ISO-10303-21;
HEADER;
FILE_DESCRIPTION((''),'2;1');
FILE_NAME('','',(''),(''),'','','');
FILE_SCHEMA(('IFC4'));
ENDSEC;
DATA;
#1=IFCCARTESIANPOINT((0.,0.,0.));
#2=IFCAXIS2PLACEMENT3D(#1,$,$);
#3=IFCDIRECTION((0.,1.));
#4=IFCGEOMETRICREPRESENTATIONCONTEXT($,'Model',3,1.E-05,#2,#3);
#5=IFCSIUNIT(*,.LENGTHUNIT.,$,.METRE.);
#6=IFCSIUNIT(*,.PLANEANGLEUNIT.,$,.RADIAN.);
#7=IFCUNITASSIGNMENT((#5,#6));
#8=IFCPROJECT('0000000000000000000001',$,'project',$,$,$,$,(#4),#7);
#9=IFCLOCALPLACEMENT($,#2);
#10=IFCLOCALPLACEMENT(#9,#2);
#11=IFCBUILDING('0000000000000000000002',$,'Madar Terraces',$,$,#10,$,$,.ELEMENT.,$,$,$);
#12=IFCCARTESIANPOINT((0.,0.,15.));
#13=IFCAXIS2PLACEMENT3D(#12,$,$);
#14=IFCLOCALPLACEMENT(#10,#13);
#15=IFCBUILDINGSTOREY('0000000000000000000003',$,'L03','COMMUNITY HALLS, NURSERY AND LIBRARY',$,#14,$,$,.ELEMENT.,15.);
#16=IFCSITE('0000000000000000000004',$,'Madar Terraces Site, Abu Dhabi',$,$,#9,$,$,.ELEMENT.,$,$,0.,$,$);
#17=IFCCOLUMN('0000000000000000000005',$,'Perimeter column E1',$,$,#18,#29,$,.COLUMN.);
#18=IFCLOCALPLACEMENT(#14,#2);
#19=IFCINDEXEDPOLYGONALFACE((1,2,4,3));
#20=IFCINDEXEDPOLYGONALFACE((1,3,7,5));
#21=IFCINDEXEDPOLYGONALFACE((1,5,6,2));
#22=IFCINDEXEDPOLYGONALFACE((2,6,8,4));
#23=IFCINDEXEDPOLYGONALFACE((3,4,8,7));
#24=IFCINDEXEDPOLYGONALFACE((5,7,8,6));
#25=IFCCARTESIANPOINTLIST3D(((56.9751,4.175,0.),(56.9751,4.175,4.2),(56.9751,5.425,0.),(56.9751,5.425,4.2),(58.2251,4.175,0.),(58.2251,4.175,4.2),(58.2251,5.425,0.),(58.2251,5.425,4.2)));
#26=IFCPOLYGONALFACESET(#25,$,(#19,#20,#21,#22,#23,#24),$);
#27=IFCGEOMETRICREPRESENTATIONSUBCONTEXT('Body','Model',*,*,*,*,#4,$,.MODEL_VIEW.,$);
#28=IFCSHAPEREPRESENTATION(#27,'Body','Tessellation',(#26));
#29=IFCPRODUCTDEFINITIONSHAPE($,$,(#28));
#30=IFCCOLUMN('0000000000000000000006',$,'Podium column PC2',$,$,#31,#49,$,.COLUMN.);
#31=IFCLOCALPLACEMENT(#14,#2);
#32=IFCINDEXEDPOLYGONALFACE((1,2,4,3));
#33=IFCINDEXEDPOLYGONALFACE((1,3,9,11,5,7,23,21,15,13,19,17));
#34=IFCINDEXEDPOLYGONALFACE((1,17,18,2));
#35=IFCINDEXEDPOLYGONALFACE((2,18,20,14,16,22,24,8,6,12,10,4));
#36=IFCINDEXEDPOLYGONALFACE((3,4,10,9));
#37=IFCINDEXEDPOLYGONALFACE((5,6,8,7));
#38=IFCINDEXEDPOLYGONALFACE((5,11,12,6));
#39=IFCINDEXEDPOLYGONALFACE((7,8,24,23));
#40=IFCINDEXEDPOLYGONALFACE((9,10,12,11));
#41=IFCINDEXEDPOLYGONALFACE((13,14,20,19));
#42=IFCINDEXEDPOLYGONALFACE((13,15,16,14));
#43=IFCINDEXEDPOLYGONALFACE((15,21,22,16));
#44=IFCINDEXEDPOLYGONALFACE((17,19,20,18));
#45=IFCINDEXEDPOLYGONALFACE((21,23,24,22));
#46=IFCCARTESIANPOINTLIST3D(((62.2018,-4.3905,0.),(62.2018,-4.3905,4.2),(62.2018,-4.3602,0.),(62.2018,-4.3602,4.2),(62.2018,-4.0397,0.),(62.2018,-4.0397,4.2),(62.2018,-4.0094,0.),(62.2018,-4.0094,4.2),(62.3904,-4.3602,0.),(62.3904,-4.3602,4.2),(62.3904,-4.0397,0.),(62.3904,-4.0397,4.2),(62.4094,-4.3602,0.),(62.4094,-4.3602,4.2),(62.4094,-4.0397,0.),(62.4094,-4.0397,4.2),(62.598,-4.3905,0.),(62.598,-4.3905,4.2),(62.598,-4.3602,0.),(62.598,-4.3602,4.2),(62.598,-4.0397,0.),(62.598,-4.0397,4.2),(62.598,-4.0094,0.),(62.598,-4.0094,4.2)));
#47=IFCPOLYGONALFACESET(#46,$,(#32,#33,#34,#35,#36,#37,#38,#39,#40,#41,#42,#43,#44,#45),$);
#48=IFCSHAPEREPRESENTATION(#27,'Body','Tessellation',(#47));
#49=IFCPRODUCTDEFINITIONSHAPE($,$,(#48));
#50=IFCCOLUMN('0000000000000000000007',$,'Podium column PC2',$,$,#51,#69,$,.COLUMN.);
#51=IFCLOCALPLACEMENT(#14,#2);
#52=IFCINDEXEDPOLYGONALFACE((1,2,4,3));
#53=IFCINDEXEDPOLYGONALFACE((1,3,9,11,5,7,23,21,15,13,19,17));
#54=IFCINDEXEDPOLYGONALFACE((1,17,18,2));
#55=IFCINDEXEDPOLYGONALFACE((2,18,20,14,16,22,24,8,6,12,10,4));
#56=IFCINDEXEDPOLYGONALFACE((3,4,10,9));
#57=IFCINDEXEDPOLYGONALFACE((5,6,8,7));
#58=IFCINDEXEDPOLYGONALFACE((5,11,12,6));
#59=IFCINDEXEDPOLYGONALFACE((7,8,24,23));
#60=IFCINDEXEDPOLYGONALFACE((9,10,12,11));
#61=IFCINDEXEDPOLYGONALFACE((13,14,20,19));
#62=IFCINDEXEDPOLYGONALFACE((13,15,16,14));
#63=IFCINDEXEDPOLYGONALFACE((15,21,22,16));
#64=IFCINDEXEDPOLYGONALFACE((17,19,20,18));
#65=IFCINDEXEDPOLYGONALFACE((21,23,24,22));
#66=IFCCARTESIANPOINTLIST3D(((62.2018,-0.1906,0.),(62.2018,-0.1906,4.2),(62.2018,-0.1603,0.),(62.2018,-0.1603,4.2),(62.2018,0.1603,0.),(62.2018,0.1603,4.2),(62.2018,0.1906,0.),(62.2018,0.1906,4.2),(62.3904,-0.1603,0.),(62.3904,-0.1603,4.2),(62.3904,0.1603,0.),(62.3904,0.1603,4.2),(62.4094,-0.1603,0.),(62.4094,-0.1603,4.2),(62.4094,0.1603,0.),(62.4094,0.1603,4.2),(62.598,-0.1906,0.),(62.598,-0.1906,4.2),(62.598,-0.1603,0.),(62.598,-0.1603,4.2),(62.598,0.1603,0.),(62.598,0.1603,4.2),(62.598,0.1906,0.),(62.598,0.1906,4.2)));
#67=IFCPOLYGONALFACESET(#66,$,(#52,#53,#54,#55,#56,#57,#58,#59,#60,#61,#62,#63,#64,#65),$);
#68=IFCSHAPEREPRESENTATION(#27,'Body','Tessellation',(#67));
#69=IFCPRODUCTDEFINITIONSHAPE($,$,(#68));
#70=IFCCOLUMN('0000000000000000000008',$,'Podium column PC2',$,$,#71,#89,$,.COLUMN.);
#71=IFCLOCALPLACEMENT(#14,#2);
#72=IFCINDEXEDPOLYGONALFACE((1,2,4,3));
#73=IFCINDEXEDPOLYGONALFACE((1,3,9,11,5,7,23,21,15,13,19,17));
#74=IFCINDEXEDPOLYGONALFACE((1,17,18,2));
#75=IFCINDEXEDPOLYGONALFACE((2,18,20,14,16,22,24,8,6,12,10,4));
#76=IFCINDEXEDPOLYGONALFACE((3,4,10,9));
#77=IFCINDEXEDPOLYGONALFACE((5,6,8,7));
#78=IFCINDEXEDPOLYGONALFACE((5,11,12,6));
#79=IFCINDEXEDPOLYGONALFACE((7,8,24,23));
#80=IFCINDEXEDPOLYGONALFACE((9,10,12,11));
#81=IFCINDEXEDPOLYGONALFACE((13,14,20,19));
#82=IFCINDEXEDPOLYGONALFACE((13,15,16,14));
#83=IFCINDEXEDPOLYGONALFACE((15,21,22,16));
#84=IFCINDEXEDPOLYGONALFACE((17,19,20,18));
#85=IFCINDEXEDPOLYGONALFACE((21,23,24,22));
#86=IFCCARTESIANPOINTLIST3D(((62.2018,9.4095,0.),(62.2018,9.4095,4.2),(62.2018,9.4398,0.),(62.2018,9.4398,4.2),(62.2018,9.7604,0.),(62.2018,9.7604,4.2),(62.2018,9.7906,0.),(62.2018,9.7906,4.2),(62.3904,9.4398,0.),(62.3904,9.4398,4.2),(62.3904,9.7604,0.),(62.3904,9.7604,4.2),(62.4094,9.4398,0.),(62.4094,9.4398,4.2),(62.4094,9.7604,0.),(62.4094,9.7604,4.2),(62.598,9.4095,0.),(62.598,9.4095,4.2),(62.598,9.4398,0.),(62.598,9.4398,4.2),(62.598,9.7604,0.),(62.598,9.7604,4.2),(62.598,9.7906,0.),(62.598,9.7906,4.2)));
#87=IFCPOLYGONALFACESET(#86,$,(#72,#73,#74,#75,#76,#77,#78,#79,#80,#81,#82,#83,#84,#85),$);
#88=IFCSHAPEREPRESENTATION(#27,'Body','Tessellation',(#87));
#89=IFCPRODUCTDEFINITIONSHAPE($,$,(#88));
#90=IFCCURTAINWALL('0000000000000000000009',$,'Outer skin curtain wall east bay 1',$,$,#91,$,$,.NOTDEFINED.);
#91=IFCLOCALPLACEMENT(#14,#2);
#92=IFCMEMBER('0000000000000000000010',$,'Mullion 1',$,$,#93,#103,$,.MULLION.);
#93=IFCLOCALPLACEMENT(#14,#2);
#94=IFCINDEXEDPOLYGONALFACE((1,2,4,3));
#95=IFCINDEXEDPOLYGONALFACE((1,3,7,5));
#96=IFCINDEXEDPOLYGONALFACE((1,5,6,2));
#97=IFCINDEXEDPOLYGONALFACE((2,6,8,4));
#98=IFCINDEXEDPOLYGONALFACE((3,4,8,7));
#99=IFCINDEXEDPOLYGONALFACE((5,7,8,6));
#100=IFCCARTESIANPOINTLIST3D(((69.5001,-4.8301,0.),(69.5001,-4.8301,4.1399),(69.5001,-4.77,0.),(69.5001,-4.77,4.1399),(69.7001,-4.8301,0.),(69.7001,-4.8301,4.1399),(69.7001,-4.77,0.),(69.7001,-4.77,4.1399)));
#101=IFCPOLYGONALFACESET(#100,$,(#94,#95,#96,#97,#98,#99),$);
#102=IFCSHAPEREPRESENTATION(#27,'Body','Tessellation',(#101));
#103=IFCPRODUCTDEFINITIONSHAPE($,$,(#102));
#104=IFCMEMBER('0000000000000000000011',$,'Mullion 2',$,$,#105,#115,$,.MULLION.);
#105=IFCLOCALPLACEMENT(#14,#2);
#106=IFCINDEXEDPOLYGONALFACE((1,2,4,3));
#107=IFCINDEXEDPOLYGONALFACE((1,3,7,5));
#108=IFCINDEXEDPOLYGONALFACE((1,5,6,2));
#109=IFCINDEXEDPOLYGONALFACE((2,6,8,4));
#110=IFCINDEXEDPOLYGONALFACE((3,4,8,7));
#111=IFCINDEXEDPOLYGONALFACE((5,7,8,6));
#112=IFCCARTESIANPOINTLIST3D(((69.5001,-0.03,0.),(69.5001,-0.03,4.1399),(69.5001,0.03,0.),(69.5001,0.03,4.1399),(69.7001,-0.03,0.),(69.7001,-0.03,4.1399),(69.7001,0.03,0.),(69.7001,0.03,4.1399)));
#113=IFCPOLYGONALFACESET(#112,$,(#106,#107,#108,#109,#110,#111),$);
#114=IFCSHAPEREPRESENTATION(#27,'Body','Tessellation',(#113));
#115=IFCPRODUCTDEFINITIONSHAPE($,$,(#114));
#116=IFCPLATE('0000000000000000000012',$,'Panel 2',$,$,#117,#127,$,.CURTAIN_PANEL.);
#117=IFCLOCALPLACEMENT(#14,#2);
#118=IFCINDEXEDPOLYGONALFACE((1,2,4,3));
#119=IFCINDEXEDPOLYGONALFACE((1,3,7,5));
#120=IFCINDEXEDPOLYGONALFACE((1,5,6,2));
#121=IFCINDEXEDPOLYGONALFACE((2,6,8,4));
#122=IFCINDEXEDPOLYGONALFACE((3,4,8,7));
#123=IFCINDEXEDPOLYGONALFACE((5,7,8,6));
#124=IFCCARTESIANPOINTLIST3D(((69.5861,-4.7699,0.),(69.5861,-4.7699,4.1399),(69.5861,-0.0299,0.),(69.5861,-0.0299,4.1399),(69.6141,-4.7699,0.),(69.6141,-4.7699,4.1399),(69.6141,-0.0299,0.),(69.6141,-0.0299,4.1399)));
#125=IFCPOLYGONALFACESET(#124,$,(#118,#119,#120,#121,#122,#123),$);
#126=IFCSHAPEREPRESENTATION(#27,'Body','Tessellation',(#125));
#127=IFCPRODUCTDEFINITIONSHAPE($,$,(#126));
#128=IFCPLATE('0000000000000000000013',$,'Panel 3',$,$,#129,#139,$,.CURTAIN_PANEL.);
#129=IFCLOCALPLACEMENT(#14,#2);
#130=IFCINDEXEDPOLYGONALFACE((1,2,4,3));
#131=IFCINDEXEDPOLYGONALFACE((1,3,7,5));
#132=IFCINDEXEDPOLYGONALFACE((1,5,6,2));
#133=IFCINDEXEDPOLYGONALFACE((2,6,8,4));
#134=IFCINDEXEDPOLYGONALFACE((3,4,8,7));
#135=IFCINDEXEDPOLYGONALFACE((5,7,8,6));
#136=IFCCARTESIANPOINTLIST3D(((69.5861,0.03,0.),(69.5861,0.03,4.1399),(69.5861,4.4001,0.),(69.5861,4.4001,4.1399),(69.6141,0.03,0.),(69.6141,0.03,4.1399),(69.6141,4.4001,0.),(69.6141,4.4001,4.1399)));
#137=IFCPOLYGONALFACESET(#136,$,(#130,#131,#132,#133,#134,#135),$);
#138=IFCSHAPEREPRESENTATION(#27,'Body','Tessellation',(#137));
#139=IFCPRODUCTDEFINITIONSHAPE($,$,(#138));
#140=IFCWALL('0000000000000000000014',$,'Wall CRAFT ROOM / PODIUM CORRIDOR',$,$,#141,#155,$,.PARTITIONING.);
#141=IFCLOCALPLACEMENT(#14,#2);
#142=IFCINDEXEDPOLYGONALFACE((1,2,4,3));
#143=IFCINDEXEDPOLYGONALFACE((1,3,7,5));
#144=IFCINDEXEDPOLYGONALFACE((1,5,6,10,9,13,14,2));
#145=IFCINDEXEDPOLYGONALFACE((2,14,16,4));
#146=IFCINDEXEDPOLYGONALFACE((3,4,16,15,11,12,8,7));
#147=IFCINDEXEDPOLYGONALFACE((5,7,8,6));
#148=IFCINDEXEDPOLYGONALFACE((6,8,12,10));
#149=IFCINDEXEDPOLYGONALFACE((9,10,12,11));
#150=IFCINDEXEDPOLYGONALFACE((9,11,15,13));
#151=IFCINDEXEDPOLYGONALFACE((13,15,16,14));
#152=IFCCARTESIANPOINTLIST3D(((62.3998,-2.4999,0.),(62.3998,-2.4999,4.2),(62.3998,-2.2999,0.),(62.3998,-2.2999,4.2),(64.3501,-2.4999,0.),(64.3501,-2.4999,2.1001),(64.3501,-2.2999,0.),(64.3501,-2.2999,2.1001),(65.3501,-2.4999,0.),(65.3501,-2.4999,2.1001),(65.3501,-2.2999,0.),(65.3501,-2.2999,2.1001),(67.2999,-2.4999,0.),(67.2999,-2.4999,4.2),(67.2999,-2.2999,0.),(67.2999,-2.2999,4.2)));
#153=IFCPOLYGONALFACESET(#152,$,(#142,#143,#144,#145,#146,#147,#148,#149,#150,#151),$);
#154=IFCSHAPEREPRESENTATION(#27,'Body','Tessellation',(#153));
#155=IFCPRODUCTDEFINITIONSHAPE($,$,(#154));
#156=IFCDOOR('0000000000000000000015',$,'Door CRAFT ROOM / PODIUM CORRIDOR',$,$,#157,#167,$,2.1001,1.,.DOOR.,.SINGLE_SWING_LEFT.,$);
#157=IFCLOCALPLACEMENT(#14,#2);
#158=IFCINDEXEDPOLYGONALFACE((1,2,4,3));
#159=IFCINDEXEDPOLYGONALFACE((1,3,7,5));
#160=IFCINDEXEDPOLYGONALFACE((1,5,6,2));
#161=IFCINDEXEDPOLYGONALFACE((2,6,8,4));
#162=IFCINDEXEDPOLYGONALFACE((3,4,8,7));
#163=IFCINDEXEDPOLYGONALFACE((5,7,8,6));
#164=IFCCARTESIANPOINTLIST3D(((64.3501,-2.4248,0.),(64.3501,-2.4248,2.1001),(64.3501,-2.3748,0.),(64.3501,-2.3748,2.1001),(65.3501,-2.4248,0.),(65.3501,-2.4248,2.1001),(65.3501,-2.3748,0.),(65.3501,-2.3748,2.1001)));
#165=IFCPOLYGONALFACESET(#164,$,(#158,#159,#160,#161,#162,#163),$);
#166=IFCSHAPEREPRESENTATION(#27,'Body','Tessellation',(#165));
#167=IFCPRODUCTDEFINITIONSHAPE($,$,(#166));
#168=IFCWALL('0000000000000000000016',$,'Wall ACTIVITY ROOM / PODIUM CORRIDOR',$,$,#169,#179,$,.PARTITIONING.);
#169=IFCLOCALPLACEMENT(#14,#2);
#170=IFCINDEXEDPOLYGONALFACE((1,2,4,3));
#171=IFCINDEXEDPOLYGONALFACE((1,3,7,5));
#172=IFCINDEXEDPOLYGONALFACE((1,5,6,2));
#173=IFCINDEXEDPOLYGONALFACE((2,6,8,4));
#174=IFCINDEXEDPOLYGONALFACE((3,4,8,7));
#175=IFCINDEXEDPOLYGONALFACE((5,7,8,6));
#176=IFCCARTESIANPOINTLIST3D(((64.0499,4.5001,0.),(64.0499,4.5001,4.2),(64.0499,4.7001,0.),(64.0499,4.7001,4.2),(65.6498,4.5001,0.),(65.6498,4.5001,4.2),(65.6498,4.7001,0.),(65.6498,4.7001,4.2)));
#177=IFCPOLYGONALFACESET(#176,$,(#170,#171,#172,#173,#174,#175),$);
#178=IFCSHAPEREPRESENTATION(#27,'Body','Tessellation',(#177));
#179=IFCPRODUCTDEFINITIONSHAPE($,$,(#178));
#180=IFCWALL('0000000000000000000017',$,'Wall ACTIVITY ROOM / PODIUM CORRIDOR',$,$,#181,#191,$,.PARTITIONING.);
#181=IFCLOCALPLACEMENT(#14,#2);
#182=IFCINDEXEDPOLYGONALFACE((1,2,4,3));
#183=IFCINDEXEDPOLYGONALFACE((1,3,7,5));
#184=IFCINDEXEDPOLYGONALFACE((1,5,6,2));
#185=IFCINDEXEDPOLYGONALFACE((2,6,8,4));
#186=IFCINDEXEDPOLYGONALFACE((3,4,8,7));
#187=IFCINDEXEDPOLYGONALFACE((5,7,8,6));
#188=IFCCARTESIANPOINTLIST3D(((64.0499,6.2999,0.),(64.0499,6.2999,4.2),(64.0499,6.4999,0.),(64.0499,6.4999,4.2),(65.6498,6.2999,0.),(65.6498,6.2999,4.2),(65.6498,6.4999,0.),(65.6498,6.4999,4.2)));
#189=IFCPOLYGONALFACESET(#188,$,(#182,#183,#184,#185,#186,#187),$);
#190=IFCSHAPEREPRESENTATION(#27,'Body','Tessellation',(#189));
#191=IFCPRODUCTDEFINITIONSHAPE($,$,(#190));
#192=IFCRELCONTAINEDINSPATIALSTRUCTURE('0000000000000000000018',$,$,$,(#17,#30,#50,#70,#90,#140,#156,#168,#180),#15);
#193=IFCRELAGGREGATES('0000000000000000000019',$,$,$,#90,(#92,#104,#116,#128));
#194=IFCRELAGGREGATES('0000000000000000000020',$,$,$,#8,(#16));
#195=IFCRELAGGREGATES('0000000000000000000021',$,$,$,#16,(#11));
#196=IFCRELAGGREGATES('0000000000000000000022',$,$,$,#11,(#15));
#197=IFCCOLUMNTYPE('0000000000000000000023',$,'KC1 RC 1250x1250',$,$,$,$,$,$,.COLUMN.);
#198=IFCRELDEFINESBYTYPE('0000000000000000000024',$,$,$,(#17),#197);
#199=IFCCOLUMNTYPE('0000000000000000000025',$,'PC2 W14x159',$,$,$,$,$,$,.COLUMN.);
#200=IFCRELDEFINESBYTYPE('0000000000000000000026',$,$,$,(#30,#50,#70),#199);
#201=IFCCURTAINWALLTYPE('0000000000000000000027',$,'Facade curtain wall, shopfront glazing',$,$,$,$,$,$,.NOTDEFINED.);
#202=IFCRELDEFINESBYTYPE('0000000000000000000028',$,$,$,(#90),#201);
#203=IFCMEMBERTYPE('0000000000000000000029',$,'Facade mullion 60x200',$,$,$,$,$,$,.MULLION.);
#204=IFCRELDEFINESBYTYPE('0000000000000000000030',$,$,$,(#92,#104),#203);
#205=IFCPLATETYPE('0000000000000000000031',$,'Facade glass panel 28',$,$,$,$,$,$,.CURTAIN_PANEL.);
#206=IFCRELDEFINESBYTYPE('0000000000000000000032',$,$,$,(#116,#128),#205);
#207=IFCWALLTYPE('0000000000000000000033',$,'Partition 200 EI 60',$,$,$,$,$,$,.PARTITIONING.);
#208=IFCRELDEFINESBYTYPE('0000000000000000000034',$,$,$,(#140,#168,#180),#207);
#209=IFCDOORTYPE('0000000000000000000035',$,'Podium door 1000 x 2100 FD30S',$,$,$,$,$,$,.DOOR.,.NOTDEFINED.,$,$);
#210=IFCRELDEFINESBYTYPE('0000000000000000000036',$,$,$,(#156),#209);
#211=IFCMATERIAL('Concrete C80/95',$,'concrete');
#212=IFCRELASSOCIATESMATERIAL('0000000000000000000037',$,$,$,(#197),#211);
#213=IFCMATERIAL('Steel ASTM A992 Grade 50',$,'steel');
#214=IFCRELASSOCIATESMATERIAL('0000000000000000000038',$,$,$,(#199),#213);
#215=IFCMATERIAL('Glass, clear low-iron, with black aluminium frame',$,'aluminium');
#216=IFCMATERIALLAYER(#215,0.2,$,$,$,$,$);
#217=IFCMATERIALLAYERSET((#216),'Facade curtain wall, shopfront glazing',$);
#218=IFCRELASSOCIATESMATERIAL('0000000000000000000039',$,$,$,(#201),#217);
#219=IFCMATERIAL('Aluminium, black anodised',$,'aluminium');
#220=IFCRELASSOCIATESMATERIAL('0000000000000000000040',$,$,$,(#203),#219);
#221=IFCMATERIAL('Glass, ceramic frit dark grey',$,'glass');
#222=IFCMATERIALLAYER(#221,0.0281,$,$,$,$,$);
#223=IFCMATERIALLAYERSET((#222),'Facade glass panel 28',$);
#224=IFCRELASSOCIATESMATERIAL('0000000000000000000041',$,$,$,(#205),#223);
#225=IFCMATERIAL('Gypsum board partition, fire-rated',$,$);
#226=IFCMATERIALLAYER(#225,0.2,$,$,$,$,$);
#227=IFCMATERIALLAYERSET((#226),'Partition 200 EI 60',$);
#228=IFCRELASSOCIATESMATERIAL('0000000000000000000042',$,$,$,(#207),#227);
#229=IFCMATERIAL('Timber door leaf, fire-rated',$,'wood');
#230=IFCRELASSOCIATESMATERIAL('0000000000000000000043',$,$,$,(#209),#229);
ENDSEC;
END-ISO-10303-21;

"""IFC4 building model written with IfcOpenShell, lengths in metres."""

from ifc_helpers import new_model, si_unit, direction, frame, frame_2d, origin, origin_2d, place, context, subcontext, project, spatial, rectangle, i_section, extrude, material, layer, layer_set, material_profile, profile_set, type_object, element, fill, aggregate, save


model = new_model("IFC4")

# Units and contexts
model_context = context("Model", 3, precision=1e-05, world=origin(), true_north=direction((0.0, 1.0)))
body_context = subcontext(model_context, "Body", "Model", "MODEL_VIEW")
ifc_project = project(units=[si_unit("LENGTHUNIT", "METRE"), si_unit("PLANEANGLEUNIT", "RADIAN")], contexts=[model_context])

# Site, building, storey
site_placement = place(None, origin())
site = spatial("IfcSite", under=ifc_project, at=site_placement, Name="Madar Terraces Site, Abu Dhabi", CompositionType="ELEMENT", RefElevation=0.0)
building_placement = place(site_placement, origin())
building = spatial("IfcBuilding", under=site, at=building_placement, Name="Madar Terraces", CompositionType="ELEMENT")
storey_placement = place(building_placement, frame((0.0, 0.0, 15.0)))
storey = spatial("IfcBuildingStorey", under=building, at=storey_placement, Name="L03", Description="COMMUNITY HALLS, NURSERY AND LIBRARY", CompositionType="ELEMENT", Elevation=15.0)

# Columns
ifc_material_1 = material(Name="Concrete C80/95", Category="concrete")
ifc_material_profile_1 = material_profile(ifc_material_1, rectangle(XDim=1.25, YDim=1.25, at=origin_2d()), Name="KC1 RC 1250x1250")
ifc_profile_set_1 = profile_set([ifc_material_profile_1], Name="Concrete C80/95")
column_type_1 = type_object("IfcColumnType", Name="KC1 RC 1250x1250", PredefinedType="COLUMN", material=ifc_profile_set_1)
column_placement = place(storey_placement, frame((57.6001, 4.8, 0.0), z_axis=(0.0, 0.0, 1.0), x_axis=(1.0, 0.0, 0.0)))
element("IfcColumn", 1, at=column_placement, inside=storey, type_object=column_type_1, Name="Perimeter column E1", PredefinedType="COLUMN", context=body_context, shape_type="SweptSolid", body=[
    extrude(rectangle(XDim=1.25, YDim=1.25, at=origin_2d()), origin(), (0.0, 0.0, 1.0), 4.2),
])
ifc_material_2 = material(Name="Steel ASTM A992 Grade 50", Category="steel")
ifc_material_profile_2 = material_profile(ifc_material_2, i_section(OverallWidth=0.3962, OverallDepth=0.3811, WebThickness=0.019, FlangeThickness=0.0303, at=origin_2d()), Name="W14x159")
ifc_profile_set_2 = profile_set([ifc_material_profile_2], Name="Steel ASTM A992 Grade 50")
column_type_2 = type_object("IfcColumnType", Name="PC2 W14x159", PredefinedType="COLUMN", material=ifc_profile_set_2)
for number, where, z_axis, x_axis, name in (
    (2, (62.3999, -4.2, 0.0), (0.0, 0.0, 1.0), (1.0, 0.0, 0.0), "Podium column PC2"),
    (3, (62.3999, 0.0, 0.0), (0.0, 0.0, 1.0), (1.0, 0.0, 0.0), "Podium column PC2"),
    (4, (62.3999, 9.6001, 0.0), (0.0, 0.0, 1.0), (1.0, 0.0, 0.0), "Podium column PC2"),
):
    element("IfcColumn", number, at=place(storey_placement, frame(where, z_axis=z_axis, x_axis=x_axis)), inside=storey, type_object=column_type_2, Name=name, PredefinedType="COLUMN", context=body_context, shape_type="SweptSolid", body=[
        extrude(i_section(OverallWidth=0.3962, OverallDepth=0.3811, WebThickness=0.019, FlangeThickness=0.0303, at=origin_2d()), origin(), (0.0, 0.0, 1.0), 4.2),
    ])

# Curtain wall, members, plates
ifc_material_3 = material(Name="Glass, clear low-iron, with black aluminium frame", Category="aluminium")
ifc_layer_1 = layer(ifc_material_3, 0.2)
ifc_layer_set_1 = layer_set([ifc_layer_1], Name="Facade curtain wall, shopfront glazing")
curtain_wall_type = type_object("IfcCurtainWallType", Name="Facade curtain wall, shopfront glazing", PredefinedType="NOTDEFINED", material=ifc_layer_set_1)
curtain_wall_placement = place(storey_placement, origin())
curtain_wall = element("IfcCurtainWall", 5, at=curtain_wall_placement, inside=storey, type_object=curtain_wall_type, Name="Outer skin curtain wall east bay 1", PredefinedType="NOTDEFINED")
ifc_material_4 = material(Name="Aluminium, black anodised", Category="aluminium")
ifc_material_profile_3 = material_profile(ifc_material_4, rectangle(XDim=0.2, YDim=0.0601, at=origin_2d()), Name="Facade mullion 60x200")
ifc_profile_set_3 = profile_set([ifc_material_profile_3], Name="Aluminium, black anodised")
member_type = type_object("IfcMemberType", Name="Facade mullion 60x200", PredefinedType="MULLION", material=ifc_profile_set_3)
member_1_placement = place(storey_placement, frame((69.6001, -4.8, 0.0), z_axis=(0.0, 0.0, 1.0), x_axis=(-1.0, 0.0, 0.0)))
member_1 = element("IfcMember", 6, at=member_1_placement, type_object=member_type, Name="Mullion 1", PredefinedType="MULLION", context=body_context, shape_type="SweptSolid", body=[
    extrude(rectangle(XDim=0.2, YDim=0.0601, at=origin_2d()), origin(), (0.0, 0.0, 1.0), 4.1399),
])
member_2_placement = place(storey_placement, frame((69.6001, 0.0, 0.0), z_axis=(0.0, 0.0, 1.0), x_axis=(-1.0, 0.0, 0.0)))
member_2 = element("IfcMember", 7, at=member_2_placement, type_object=member_type, Name="Mullion 2", PredefinedType="MULLION", context=body_context, shape_type="SweptSolid", body=[
    extrude(rectangle(XDim=0.2, YDim=0.0601, at=origin_2d()), origin(), (0.0, 0.0, 1.0), 4.1399),
])
ifc_material_5 = material(Name="Glass, ceramic frit dark grey", Category="glass")
ifc_layer_2 = layer(ifc_material_5, 0.0281)
ifc_layer_set_2 = layer_set([ifc_layer_2], Name="Facade glass panel 28")
plate_type = type_object("IfcPlateType", Name="Facade glass panel 28", PredefinedType="CURTAIN_PANEL", material=ifc_layer_set_2)
plate_1_placement = place(storey_placement, frame((69.6001, -2.3999, 0.0), z_axis=(0.0, 0.0, 1.0), x_axis=(0.0, 1.0, 0.0)))
plate_1 = element("IfcPlate", 8, at=plate_1_placement, type_object=plate_type, Name="Panel 2", PredefinedType="CURTAIN_PANEL", context=body_context, shape_type="SweptSolid", body=[
    extrude(rectangle(XDim=4.74, YDim=0.0281, at=origin_2d()), origin(), (0.0, 0.0, 1.0), 4.1399),
])
plate_2_placement = place(storey_placement, frame((69.6001, 2.2151, 0.0), z_axis=(0.0, 0.0, 1.0), x_axis=(0.0, 1.0, 0.0)))
plate_2 = element("IfcPlate", 9, at=plate_2_placement, type_object=plate_type, Name="Panel 3", PredefinedType="CURTAIN_PANEL", context=body_context, shape_type="SweptSolid", body=[
    extrude(rectangle(XDim=4.3701, YDim=0.0281, at=origin_2d()), origin(), (0.0, 0.0, 1.0), 4.1399),
])
aggregate(curtain_wall, [member_1, member_2, plate_1, plate_2])

# Wall, opening, door
ifc_material_6 = material(Name="Gypsum board partition, fire-rated")
ifc_layer_3 = layer(ifc_material_6, 0.2)
ifc_layer_set_3 = layer_set([ifc_layer_3], Name="Partition 200 EI 60")
wall_type_1 = type_object("IfcWallType", Name="Partition 200 EI 60", PredefinedType="PARTITIONING", material=ifc_layer_set_3)
wall_1_placement = place(storey_placement, frame((67.3, -2.3999, 0.0), z_axis=(0.0, 0.0, 1.0), x_axis=(-1.0, 0.0, 0.0)))
wall_1 = element("IfcWall", 10, at=wall_1_placement, inside=storey, type_object=wall_type_1, Name="Wall CRAFT ROOM / PODIUM CORRIDOR", PredefinedType="PARTITIONING", context=body_context, shape_type="SweptSolid", body=[
    extrude(rectangle(XDim=4.9001, YDim=0.2, at=frame_2d((2.4502, 0.0))), origin(), (0.0, 0.0, 1.0), 4.2),
])
opening_1_placement = place(wall_1_placement, frame((1.95, 0.0, 0.0)))
opening_1 = element("IfcOpeningElement", 11, at=opening_1_placement, cuts=wall_1, PredefinedType="OPENING", context=body_context, shape_type="SweptSolid", body=[
    extrude(rectangle(XDim=1.0, YDim=2.1001, at=frame_2d((0.5, 1.05))), frame((0.0, 0.1099, 0.0), z_axis=(0.0, -1.0, 0.0), x_axis=(1.0, 0.0, 0.0)), (0.0, 0.0, 1.0), 0.22),
])
ifc_material_7 = material(Name="Timber door leaf, fire-rated", Category="wood")
door_type_1 = type_object("IfcDoorType", Name="Podium door 1000 x 2100 FD30S", OperationType="NOTDEFINED", PredefinedType="DOOR", material=ifc_material_7)
door_1_placement = place(opening_1_placement, origin())
door_1 = element("IfcDoor", 12, at=door_1_placement, inside=storey, type_object=door_type_1, Name="Door CRAFT ROOM / PODIUM CORRIDOR", OperationType="SINGLE_SWING_LEFT", OverallHeight=2.1001, OverallWidth=1.0, PredefinedType="DOOR", context=body_context, shape_type="SweptSolid", body=[
    extrude(rectangle(XDim=1.0, YDim=2.1001, at=frame_2d((0.5, 1.05))), frame((0.0, 0.0249, 0.0), z_axis=(0.0, -1.0, 0.0), x_axis=(1.0, 0.0, 0.0)), (0.0, 0.0, 1.0), 0.05),
])
fill(opening_1, door_1)

# Walls
for number, where, z_axis, x_axis, name in (
    (13, (64.05, 4.6001, 0.0), (0.0, 0.0, 1.0), (1.0, 0.0, 0.0), "Wall ACTIVITY ROOM / PODIUM CORRIDOR"),
    (14, (64.05, 6.3999, 0.0), (0.0, 0.0, 1.0), (1.0, 0.0, 0.0), "Wall ACTIVITY ROOM / PODIUM CORRIDOR"),
):
    element("IfcWall", number, at=place(storey_placement, frame(where, z_axis=z_axis, x_axis=x_axis)), inside=storey, type_object=wall_type_1, Name=name, PredefinedType="PARTITIONING", context=body_context, shape_type="SweptSolid", body=[
        extrude(rectangle(XDim=1.5999, YDim=0.2, at=frame_2d((0.7998, 0.0))), origin(), (0.0, 0.0, 1.0), 4.2),
    ])

save(model, "model.ifc")
